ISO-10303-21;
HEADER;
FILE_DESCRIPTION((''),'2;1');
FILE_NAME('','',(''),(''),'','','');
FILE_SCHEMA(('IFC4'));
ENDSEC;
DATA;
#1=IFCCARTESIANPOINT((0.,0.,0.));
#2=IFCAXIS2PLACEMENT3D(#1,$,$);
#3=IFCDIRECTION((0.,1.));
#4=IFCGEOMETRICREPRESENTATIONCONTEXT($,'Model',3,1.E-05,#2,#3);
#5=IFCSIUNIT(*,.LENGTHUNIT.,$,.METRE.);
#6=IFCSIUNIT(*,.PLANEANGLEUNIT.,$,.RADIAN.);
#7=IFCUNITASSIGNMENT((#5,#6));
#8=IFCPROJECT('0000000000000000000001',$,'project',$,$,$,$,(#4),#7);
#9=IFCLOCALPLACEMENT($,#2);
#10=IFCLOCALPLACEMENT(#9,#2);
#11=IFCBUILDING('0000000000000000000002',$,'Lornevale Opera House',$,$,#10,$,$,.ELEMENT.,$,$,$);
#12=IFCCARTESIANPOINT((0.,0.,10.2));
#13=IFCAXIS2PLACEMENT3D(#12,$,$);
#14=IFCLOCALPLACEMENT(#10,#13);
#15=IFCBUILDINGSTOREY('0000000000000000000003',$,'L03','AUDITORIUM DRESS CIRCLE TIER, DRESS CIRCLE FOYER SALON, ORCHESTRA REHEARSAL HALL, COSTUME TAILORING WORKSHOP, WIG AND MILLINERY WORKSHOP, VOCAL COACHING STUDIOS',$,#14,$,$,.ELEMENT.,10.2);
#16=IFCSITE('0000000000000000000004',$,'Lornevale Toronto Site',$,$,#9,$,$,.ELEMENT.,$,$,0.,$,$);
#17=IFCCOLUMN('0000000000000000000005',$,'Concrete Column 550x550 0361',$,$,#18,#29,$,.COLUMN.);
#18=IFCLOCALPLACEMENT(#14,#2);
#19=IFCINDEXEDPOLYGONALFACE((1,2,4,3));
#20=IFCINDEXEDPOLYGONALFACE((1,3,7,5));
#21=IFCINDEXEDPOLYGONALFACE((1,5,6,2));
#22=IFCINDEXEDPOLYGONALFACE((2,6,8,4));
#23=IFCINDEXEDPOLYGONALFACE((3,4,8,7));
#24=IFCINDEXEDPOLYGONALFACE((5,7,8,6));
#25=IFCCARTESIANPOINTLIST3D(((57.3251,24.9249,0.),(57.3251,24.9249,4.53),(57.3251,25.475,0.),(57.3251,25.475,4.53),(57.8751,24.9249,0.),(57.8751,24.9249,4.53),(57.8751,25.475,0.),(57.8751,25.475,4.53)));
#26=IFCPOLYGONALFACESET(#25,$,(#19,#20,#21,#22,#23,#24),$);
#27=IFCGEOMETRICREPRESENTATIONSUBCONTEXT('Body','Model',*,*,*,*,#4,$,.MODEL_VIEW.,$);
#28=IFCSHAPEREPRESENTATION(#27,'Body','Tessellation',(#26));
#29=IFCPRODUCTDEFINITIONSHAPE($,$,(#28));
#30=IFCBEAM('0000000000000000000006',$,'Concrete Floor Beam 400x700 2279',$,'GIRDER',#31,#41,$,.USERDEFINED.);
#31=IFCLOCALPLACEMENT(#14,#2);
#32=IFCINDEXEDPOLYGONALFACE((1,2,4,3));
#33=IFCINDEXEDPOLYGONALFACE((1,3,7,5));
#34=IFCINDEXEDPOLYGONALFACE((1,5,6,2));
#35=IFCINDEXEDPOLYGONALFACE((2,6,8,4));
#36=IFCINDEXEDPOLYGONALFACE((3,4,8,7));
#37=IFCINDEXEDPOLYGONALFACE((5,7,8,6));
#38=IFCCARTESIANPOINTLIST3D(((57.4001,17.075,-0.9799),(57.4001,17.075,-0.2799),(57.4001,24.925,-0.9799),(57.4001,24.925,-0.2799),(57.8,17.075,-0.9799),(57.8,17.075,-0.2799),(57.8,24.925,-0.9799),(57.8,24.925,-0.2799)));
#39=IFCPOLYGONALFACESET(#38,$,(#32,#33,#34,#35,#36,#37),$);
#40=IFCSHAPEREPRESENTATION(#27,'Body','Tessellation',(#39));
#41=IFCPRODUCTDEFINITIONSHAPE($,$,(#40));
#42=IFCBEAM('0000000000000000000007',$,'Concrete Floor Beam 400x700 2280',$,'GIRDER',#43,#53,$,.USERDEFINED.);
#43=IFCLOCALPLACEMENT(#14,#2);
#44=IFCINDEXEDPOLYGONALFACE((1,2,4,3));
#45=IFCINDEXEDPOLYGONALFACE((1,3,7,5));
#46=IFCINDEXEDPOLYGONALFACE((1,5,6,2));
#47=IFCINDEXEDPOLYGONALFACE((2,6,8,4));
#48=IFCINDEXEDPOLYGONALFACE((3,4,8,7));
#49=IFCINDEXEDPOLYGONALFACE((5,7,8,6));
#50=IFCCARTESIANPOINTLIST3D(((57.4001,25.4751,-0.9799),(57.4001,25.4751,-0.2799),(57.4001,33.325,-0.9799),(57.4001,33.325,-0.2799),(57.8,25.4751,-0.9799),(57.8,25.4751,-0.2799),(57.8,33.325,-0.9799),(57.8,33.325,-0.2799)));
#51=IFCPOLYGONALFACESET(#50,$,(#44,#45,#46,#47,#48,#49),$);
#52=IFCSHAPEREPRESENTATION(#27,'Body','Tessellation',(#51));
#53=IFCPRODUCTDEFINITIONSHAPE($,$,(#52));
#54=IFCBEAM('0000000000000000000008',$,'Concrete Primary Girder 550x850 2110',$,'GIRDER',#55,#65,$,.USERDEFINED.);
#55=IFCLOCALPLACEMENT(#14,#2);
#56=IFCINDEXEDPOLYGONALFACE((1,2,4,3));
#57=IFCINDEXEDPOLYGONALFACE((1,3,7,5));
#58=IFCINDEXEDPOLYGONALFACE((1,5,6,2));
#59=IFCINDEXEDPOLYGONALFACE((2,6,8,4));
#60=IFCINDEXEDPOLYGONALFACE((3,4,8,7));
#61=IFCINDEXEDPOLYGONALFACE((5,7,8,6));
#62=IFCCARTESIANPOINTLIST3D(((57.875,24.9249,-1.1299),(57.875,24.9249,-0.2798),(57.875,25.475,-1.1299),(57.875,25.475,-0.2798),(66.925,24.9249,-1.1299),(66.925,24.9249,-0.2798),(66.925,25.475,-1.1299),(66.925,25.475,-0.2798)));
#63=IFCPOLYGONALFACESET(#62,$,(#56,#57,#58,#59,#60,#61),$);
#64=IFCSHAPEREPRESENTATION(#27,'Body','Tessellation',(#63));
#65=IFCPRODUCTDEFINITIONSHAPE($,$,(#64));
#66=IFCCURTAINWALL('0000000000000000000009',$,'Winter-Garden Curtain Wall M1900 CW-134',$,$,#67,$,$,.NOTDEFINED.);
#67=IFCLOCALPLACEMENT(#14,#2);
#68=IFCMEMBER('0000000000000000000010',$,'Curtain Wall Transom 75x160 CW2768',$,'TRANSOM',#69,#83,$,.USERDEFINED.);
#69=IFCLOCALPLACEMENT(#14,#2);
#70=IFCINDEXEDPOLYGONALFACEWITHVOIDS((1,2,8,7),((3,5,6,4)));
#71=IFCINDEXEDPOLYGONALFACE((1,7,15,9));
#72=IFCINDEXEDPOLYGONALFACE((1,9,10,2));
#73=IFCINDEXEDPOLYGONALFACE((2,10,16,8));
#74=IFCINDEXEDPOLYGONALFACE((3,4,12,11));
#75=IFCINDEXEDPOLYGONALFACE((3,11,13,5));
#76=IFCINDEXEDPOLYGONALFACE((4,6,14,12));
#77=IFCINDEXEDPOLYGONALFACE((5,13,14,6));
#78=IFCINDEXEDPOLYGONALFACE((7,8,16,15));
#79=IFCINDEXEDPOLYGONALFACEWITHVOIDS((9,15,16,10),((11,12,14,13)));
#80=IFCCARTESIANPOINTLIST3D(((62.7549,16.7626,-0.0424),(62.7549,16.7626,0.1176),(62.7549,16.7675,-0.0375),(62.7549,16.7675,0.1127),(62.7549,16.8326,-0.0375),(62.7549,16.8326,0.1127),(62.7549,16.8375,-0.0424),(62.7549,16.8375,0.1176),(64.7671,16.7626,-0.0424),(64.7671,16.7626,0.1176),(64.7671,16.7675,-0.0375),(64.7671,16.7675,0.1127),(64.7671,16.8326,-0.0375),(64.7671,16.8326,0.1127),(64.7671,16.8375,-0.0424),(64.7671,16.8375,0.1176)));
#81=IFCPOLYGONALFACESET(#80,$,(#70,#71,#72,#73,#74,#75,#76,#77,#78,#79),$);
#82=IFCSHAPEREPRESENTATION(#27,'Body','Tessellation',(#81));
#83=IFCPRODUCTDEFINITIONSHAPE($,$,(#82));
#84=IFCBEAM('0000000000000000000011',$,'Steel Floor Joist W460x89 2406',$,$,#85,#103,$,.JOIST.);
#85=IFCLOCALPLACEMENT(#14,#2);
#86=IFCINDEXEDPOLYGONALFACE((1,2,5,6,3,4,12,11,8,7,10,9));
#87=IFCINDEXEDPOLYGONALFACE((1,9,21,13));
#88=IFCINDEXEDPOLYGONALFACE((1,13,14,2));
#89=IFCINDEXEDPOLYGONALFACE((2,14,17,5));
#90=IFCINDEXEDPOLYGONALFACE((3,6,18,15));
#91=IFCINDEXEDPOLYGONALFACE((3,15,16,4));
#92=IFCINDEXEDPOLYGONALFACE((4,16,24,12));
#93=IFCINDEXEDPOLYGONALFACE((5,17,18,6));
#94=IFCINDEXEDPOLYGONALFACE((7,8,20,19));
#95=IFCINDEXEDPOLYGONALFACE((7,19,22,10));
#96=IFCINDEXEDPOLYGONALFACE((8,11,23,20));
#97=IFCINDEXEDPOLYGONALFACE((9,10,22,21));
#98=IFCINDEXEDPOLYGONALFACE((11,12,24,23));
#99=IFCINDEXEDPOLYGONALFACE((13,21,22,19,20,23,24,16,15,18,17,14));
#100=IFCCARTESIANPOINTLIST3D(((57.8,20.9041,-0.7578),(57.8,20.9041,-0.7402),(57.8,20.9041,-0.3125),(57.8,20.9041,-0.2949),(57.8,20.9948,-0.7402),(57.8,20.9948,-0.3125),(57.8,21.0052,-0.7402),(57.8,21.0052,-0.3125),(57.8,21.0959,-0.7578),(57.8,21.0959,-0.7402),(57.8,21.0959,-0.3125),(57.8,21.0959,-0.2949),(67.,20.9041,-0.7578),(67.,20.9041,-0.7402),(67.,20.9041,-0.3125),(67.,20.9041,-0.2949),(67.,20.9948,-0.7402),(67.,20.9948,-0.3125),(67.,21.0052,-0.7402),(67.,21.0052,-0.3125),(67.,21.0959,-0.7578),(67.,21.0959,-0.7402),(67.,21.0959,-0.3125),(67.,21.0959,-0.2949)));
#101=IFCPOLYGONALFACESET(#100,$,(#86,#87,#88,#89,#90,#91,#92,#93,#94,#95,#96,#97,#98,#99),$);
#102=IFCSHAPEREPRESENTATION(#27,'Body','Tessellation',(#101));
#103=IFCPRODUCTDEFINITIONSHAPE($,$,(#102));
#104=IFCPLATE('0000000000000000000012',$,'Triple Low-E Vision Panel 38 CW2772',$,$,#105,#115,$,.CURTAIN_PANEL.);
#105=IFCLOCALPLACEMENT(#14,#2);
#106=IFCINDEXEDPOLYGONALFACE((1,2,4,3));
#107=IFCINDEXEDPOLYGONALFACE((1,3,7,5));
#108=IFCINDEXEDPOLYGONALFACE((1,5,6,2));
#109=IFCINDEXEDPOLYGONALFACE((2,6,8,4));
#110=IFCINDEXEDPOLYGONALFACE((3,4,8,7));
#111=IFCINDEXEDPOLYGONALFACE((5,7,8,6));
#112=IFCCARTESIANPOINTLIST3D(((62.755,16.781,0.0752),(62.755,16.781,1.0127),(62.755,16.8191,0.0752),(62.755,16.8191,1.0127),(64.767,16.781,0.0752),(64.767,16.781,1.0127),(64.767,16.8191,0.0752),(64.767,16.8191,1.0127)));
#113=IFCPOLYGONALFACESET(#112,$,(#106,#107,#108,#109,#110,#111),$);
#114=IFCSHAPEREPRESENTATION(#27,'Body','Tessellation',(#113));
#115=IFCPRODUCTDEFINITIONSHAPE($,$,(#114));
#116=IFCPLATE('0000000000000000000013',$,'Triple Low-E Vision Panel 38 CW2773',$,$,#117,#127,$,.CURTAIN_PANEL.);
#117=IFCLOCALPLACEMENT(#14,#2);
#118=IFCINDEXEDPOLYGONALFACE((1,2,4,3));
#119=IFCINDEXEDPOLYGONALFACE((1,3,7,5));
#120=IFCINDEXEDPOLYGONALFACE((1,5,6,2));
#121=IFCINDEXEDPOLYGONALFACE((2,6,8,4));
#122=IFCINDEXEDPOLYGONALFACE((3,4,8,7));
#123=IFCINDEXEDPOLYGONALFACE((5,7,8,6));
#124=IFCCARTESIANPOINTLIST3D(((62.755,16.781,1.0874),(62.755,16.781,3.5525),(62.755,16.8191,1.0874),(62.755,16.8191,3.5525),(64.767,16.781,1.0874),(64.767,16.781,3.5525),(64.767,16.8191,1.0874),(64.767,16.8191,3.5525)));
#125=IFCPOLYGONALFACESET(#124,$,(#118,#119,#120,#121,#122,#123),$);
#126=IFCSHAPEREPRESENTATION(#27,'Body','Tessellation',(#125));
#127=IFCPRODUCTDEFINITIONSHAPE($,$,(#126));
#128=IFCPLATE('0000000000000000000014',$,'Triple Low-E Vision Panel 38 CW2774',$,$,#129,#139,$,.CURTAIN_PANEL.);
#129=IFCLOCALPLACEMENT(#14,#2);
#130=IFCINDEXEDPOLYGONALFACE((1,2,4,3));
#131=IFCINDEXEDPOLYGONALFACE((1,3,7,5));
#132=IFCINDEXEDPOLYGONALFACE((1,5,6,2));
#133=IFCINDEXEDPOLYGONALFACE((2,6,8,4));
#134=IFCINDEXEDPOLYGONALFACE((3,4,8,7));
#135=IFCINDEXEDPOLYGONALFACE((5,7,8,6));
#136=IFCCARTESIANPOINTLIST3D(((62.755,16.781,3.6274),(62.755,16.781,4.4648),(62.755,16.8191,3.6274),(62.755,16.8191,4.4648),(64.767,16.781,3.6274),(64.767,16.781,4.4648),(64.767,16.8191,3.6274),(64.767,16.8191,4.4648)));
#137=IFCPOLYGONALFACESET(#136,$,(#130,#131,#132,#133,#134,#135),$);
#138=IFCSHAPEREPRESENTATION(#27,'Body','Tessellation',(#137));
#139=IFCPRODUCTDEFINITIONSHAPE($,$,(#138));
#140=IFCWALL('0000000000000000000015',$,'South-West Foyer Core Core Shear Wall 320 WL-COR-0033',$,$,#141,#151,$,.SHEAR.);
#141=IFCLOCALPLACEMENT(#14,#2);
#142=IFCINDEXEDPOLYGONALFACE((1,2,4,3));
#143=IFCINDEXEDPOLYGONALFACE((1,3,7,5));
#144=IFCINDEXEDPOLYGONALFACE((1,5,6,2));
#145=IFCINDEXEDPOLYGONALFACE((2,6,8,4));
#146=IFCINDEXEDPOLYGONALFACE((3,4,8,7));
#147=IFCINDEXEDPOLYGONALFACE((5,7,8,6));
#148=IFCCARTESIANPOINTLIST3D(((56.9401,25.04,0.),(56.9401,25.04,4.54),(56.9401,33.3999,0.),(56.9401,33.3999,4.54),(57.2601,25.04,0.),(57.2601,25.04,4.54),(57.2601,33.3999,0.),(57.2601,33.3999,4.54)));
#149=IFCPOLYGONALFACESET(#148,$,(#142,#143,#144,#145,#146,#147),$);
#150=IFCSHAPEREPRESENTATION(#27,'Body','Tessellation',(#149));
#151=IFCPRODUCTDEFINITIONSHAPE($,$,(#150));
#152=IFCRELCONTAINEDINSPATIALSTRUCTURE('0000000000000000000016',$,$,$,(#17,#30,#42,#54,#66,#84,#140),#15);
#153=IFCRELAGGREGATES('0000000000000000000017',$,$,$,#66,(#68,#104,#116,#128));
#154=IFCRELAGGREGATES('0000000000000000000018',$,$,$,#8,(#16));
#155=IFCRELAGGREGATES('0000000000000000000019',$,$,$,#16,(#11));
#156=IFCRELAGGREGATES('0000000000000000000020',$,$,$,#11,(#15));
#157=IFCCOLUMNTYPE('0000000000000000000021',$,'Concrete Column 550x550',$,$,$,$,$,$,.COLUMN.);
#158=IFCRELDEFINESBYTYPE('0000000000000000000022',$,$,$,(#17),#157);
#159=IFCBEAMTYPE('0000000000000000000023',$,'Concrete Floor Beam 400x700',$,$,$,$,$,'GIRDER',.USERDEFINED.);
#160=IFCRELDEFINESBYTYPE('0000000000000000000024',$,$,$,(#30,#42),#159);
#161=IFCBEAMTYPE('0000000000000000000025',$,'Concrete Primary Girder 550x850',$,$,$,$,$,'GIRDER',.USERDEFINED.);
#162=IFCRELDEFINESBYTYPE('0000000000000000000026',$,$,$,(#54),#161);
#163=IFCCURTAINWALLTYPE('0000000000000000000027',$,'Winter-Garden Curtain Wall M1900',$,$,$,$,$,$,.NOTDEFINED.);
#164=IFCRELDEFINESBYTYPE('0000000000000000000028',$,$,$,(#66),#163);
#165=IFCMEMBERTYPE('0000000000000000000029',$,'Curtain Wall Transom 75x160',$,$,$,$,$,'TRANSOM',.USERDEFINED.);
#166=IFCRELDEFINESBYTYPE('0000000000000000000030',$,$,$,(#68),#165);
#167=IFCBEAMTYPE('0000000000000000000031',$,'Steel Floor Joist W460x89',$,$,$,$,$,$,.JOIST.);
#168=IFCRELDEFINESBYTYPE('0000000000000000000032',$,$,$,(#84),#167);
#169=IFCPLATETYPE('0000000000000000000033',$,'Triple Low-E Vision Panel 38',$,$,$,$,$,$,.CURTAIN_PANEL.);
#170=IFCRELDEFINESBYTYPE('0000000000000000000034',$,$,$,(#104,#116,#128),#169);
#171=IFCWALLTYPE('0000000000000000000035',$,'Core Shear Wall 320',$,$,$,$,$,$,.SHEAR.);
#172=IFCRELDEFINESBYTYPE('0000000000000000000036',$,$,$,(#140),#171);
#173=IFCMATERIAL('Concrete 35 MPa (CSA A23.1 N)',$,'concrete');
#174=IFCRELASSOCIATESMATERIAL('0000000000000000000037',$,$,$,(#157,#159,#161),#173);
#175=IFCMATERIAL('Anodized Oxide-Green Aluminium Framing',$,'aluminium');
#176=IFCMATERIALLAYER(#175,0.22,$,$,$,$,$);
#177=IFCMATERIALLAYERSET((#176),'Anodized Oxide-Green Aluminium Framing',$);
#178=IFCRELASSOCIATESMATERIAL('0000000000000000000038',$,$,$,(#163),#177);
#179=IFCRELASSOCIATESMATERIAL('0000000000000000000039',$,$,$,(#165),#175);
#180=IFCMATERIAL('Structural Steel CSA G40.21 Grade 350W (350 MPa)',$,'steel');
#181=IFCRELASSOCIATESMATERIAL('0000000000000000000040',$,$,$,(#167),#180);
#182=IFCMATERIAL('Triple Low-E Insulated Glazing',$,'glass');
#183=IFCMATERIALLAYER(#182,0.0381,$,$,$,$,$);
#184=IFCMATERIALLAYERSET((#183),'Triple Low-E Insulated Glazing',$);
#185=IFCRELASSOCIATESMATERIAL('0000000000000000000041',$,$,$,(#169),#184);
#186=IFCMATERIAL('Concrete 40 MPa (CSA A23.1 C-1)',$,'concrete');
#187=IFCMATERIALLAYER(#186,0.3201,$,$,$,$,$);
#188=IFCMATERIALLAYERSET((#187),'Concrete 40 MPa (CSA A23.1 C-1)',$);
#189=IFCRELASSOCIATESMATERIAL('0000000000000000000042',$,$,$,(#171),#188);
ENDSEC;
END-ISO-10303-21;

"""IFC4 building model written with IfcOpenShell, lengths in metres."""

from ifc_helpers import new_model, si_unit, direction, frame, frame_2d, origin, origin_2d, place, context, subcontext, project, spatial, rectangle, hollow_rectangle, i_section, extrude, material, layer, layer_set, material_profile, profile_set, type_object, element, aggregate, save


model = new_model("IFC4")

# Units and contexts
model_context = context("Model", 3, precision=1e-05, world=origin(), true_north=direction((0.0, 1.0)))
body_context = subcontext(model_context, "Body", "Model", "MODEL_VIEW")
ifc_project = project(units=[si_unit("LENGTHUNIT", "METRE"), si_unit("PLANEANGLEUNIT", "RADIAN")], contexts=[model_context])

# Site, building, storey
site_placement = place(None, origin())
site = spatial("IfcSite", under=ifc_project, at=site_placement, Name="Lornevale Toronto Site", CompositionType="ELEMENT", RefElevation=0.0)
building_placement = place(site_placement, origin())
building = spatial("IfcBuilding", under=site, at=building_placement, Name="Lornevale Opera House", CompositionType="ELEMENT")
storey_placement = place(building_placement, frame((0.0, 0.0, 10.2)))
storey = spatial("IfcBuildingStorey", under=building, at=storey_placement, Name="L03", Description="AUDITORIUM DRESS CIRCLE TIER, DRESS CIRCLE FOYER SALON, ORCHESTRA REHEARSAL HALL, COSTUME TAILORING WORKSHOP, WIG AND MILLINERY WORKSHOP, VOCAL COACHING STUDIOS", CompositionType="ELEMENT", Elevation=10.2)

# Column
ifc_material_1 = material(Name="Concrete 35 MPa (CSA A23.1 N)", Category="concrete")
ifc_material_profile_1 = material_profile(ifc_material_1, rectangle(XDim=0.55, YDim=0.55, at=origin_2d()), Name="RC550x550")
ifc_profile_set_1 = profile_set([ifc_material_profile_1], Name="Concrete 35 MPa (CSA A23.1 N)")
column_type = type_object("IfcColumnType", Name="Concrete Column 550x550", PredefinedType="COLUMN", material=ifc_profile_set_1)
column_placement = place(storey_placement, frame((57.6001, 25.2, 0.0), z_axis=(0.0, 0.0, 1.0), x_axis=(1.0, 0.0, 0.0)))
element("IfcColumn", 1, at=column_placement, inside=storey, type_object=column_type, Name="Concrete Column 550x550 0361", PredefinedType="COLUMN", context=body_context, shape_type="SweptSolid", body=[
    extrude(rectangle(XDim=0.55, YDim=0.55, at=origin_2d()), origin(), (0.0, 0.0, 1.0), 4.53),
])

# Beams
ifc_material_profile_2 = material_profile(ifc_material_1, rectangle(XDim=0.3999, YDim=0.7, at=origin_2d()), Name="RC400x700")
ifc_profile_set_2 = profile_set([ifc_material_profile_2], Name="Concrete 35 MPa (CSA A23.1 N)")
beam_type_1 = type_object("IfcBeamType", Name="Concrete Floor Beam 400x700", ElementType="GIRDER", PredefinedType="USERDEFINED", material=ifc_profile_set_2)
beam_1_placement = place(storey_placement, frame((57.6001, 17.075, -0.6299), z_axis=(0.0, 1.0, 0.0), x_axis=(-1.0, 0.0, 0.0)))
element("IfcBeam", 2, at=beam_1_placement, inside=storey, type_object=beam_type_1, Name="Concrete Floor Beam 400x700 2279", ObjectType="GIRDER", PredefinedType="USERDEFINED", context=body_context, shape_type="SweptSolid", body=[
    extrude(rectangle(XDim=0.3999, YDim=0.7, at=origin_2d()), origin(), (0.0, 0.0, 1.0), 7.8501),
])
beam_2_placement = place(storey_placement, frame((57.6001, 25.4751, -0.6299), z_axis=(0.0, 1.0, 0.0), x_axis=(-1.0, 0.0, 0.0)))
element("IfcBeam", 3, at=beam_2_placement, inside=storey, type_object=beam_type_1, Name="Concrete Floor Beam 400x700 2280", ObjectType="GIRDER", PredefinedType="USERDEFINED", context=body_context, shape_type="SweptSolid", body=[
    extrude(rectangle(XDim=0.3999, YDim=0.7, at=origin_2d()), origin(), (0.0, 0.0, 1.0), 7.8499),
])
ifc_material_profile_3 = material_profile(ifc_material_1, rectangle(XDim=0.55, YDim=0.8501, at=origin_2d()), Name="RC550x850")
ifc_profile_set_3 = profile_set([ifc_material_profile_3], Name="Concrete 35 MPa (CSA A23.1 N)")
beam_type_2 = type_object("IfcBeamType", Name="Concrete Primary Girder 550x850", ElementType="GIRDER", PredefinedType="USERDEFINED", material=ifc_profile_set_3)
beam_3_placement = place(storey_placement, frame((57.875, 25.2, -0.7048), z_axis=(1.0, 0.0, 0.0), x_axis=(0.0, 1.0, 0.0)))
element("IfcBeam", 4, at=beam_3_placement, inside=storey, type_object=beam_type_2, Name="Concrete Primary Girder 550x850 2110", ObjectType="GIRDER", PredefinedType="USERDEFINED", context=body_context, shape_type="SweptSolid", body=[
    extrude(rectangle(XDim=0.55, YDim=0.8501, at=origin_2d()), origin(), (0.0, 0.0, 1.0), 9.05),
])

# Curtain wall, member
ifc_material_2 = material(Name="Anodized Oxide-Green Aluminium Framing", Category="aluminium")
ifc_layer_1 = layer(ifc_material_2, 0.22)
ifc_layer_set_1 = layer_set([ifc_layer_1], Name="Anodized Oxide-Green Aluminium Framing")
curtain_wall_type = type_object("IfcCurtainWallType", Name="Winter-Garden Curtain Wall M1900", PredefinedType="NOTDEFINED", material=ifc_layer_set_1)
curtain_wall_placement = place(storey_placement, origin())
curtain_wall = element("IfcCurtainWall", 5, at=curtain_wall_placement, inside=storey, type_object=curtain_wall_type, Name="Winter-Garden Curtain Wall M1900 CW-134", PredefinedType="NOTDEFINED")
ifc_material_profile_4 = material_profile(ifc_material_2, hollow_rectangle(XDim=0.075, YDim=0.1599, WallThickness=0.0049, at=origin_2d()), Name="ALU75x160x5")
ifc_profile_set_4 = profile_set([ifc_material_profile_4], Name="Anodized Oxide-Green Aluminium Framing")
member_type = type_object("IfcMemberType", Name="Curtain Wall Transom 75x160", ElementType="TRANSOM", PredefinedType="USERDEFINED", material=ifc_profile_set_4)
member_placement = place(storey_placement, frame((64.7671, 16.8, 0.0376), z_axis=(-1.0, 0.0, 0.0), x_axis=(0.0, -1.0, 0.0)))
member = element("IfcMember", 6, at=member_placement, type_object=member_type, Name="Curtain Wall Transom 75x160 CW2768", ObjectType="TRANSOM", PredefinedType="USERDEFINED", context=body_context, shape_type="SweptSolid", body=[
    extrude(hollow_rectangle(XDim=0.075, YDim=0.1599, WallThickness=0.0049, at=origin_2d()), origin(), (0.0, 0.0, 1.0), 2.0122),
])

# Beam
ifc_material_3 = material(Name="Structural Steel CSA G40.21 Grade 350W (350 MPa)", Category="steel")
ifc_material_profile_5 = material_profile(ifc_material_3, i_section(OverallWidth=0.1919, OverallDepth=0.4629, WebThickness=0.0105, FlangeThickness=0.0176, at=origin_2d()), Name="W460x89")
ifc_profile_set_5 = profile_set([ifc_material_profile_5], Name="Structural Steel CSA G40.21 Grade 350W (350 MPa)")
beam_type_3 = type_object("IfcBeamType", Name="Steel Floor Joist W460x89", PredefinedType="JOIST", material=ifc_profile_set_5)
beam_4_placement = place(storey_placement, frame((57.8, 21.0, -0.5264), z_axis=(1.0, 0.0, 0.0), x_axis=(0.0, 1.0, 0.0)))
element("IfcBeam", 7, at=beam_4_placement, inside=storey, type_object=beam_type_3, Name="Steel Floor Joist W460x89 2406", PredefinedType="JOIST", context=body_context, shape_type="SweptSolid", body=[
    extrude(i_section(OverallWidth=0.1919, OverallDepth=0.4629, WebThickness=0.0105, FlangeThickness=0.0176, at=origin_2d()), origin(), (0.0, 0.0, 1.0), 9.2),
])

# Plates
ifc_material_4 = material(Name="Triple Low-E Insulated Glazing", Category="glass")
ifc_layer_2 = layer(ifc_material_4, 0.0381)
ifc_layer_set_2 = layer_set([ifc_layer_2], Name="Triple Low-E Insulated Glazing")
plate_type = type_object("IfcPlateType", Name="Triple Low-E Vision Panel 38", PredefinedType="CURTAIN_PANEL", material=ifc_layer_set_2)
plate_1_placement = place(storey_placement, frame((63.761, 16.8, 0.0752), z_axis=(0.0, 0.0, 1.0), x_axis=(-1.0, 0.0, 0.0)))
plate_1 = element("IfcPlate", 8, at=plate_1_placement, type_object=plate_type, Name="Triple Low-E Vision Panel 38 CW2772", PredefinedType="CURTAIN_PANEL", context=body_context, shape_type="SweptSolid", body=[
    extrude(rectangle(XDim=2.012, YDim=0.0381, at=origin_2d()), origin(), (0.0, 0.0, 1.0), 0.9375),
])
plate_2_placement = place(storey_placement, frame((63.761, 16.8, 1.0874), z_axis=(0.0, 0.0, 1.0), x_axis=(-1.0, 0.0, 0.0)))
plate_2 = element("IfcPlate", 9, at=plate_2_placement, type_object=plate_type, Name="Triple Low-E Vision Panel 38 CW2773", PredefinedType="CURTAIN_PANEL", context=body_context, shape_type="SweptSolid", body=[
    extrude(rectangle(XDim=2.012, YDim=0.0381, at=origin_2d()), origin(), (0.0, 0.0, 1.0), 2.4651),
])
plate_3_placement = place(storey_placement, frame((63.761, 16.8, 3.6274), z_axis=(0.0, 0.0, 1.0), x_axis=(-1.0, 0.0, 0.0)))
plate_3 = element("IfcPlate", 10, at=plate_3_placement, type_object=plate_type, Name="Triple Low-E Vision Panel 38 CW2774", PredefinedType="CURTAIN_PANEL", context=body_context, shape_type="SweptSolid", body=[
    extrude(rectangle(XDim=2.012, YDim=0.0381, at=origin_2d()), origin(), (0.0, 0.0, 1.0), 0.8374),
])
aggregate(curtain_wall, [member, plate_1, plate_2, plate_3])

# Wall
ifc_material_5 = material(Name="Concrete 40 MPa (CSA A23.1 C-1)", Category="concrete")
ifc_layer_3 = layer(ifc_material_5, 0.3201)
ifc_layer_set_3 = layer_set([ifc_layer_3], Name="Concrete 40 MPa (CSA A23.1 C-1)")
wall_type_1 = type_object("IfcWallType", Name="Core Shear Wall 320", PredefinedType="SHEAR", material=ifc_layer_set_3)
wall_1_placement = place(storey_placement, frame((57.1001, 25.04, 0.0), z_axis=(0.0, 0.0, 1.0), x_axis=(0.0, 1.0, 0.0)))
element("IfcWall", 11, at=wall_1_placement, inside=storey, type_object=wall_type_1, Name="South-West Foyer Core Core Shear Wall 320 WL-COR-0033", PredefinedType="SHEAR", context=body_context, shape_type="SweptSolid", body=[
    extrude(rectangle(XDim=8.3599, YDim=0.3201, at=frame_2d((4.1799, 0.0))), origin(), (0.0, 0.0, 1.0), 4.54),
])

save(model, "model.ifc")
